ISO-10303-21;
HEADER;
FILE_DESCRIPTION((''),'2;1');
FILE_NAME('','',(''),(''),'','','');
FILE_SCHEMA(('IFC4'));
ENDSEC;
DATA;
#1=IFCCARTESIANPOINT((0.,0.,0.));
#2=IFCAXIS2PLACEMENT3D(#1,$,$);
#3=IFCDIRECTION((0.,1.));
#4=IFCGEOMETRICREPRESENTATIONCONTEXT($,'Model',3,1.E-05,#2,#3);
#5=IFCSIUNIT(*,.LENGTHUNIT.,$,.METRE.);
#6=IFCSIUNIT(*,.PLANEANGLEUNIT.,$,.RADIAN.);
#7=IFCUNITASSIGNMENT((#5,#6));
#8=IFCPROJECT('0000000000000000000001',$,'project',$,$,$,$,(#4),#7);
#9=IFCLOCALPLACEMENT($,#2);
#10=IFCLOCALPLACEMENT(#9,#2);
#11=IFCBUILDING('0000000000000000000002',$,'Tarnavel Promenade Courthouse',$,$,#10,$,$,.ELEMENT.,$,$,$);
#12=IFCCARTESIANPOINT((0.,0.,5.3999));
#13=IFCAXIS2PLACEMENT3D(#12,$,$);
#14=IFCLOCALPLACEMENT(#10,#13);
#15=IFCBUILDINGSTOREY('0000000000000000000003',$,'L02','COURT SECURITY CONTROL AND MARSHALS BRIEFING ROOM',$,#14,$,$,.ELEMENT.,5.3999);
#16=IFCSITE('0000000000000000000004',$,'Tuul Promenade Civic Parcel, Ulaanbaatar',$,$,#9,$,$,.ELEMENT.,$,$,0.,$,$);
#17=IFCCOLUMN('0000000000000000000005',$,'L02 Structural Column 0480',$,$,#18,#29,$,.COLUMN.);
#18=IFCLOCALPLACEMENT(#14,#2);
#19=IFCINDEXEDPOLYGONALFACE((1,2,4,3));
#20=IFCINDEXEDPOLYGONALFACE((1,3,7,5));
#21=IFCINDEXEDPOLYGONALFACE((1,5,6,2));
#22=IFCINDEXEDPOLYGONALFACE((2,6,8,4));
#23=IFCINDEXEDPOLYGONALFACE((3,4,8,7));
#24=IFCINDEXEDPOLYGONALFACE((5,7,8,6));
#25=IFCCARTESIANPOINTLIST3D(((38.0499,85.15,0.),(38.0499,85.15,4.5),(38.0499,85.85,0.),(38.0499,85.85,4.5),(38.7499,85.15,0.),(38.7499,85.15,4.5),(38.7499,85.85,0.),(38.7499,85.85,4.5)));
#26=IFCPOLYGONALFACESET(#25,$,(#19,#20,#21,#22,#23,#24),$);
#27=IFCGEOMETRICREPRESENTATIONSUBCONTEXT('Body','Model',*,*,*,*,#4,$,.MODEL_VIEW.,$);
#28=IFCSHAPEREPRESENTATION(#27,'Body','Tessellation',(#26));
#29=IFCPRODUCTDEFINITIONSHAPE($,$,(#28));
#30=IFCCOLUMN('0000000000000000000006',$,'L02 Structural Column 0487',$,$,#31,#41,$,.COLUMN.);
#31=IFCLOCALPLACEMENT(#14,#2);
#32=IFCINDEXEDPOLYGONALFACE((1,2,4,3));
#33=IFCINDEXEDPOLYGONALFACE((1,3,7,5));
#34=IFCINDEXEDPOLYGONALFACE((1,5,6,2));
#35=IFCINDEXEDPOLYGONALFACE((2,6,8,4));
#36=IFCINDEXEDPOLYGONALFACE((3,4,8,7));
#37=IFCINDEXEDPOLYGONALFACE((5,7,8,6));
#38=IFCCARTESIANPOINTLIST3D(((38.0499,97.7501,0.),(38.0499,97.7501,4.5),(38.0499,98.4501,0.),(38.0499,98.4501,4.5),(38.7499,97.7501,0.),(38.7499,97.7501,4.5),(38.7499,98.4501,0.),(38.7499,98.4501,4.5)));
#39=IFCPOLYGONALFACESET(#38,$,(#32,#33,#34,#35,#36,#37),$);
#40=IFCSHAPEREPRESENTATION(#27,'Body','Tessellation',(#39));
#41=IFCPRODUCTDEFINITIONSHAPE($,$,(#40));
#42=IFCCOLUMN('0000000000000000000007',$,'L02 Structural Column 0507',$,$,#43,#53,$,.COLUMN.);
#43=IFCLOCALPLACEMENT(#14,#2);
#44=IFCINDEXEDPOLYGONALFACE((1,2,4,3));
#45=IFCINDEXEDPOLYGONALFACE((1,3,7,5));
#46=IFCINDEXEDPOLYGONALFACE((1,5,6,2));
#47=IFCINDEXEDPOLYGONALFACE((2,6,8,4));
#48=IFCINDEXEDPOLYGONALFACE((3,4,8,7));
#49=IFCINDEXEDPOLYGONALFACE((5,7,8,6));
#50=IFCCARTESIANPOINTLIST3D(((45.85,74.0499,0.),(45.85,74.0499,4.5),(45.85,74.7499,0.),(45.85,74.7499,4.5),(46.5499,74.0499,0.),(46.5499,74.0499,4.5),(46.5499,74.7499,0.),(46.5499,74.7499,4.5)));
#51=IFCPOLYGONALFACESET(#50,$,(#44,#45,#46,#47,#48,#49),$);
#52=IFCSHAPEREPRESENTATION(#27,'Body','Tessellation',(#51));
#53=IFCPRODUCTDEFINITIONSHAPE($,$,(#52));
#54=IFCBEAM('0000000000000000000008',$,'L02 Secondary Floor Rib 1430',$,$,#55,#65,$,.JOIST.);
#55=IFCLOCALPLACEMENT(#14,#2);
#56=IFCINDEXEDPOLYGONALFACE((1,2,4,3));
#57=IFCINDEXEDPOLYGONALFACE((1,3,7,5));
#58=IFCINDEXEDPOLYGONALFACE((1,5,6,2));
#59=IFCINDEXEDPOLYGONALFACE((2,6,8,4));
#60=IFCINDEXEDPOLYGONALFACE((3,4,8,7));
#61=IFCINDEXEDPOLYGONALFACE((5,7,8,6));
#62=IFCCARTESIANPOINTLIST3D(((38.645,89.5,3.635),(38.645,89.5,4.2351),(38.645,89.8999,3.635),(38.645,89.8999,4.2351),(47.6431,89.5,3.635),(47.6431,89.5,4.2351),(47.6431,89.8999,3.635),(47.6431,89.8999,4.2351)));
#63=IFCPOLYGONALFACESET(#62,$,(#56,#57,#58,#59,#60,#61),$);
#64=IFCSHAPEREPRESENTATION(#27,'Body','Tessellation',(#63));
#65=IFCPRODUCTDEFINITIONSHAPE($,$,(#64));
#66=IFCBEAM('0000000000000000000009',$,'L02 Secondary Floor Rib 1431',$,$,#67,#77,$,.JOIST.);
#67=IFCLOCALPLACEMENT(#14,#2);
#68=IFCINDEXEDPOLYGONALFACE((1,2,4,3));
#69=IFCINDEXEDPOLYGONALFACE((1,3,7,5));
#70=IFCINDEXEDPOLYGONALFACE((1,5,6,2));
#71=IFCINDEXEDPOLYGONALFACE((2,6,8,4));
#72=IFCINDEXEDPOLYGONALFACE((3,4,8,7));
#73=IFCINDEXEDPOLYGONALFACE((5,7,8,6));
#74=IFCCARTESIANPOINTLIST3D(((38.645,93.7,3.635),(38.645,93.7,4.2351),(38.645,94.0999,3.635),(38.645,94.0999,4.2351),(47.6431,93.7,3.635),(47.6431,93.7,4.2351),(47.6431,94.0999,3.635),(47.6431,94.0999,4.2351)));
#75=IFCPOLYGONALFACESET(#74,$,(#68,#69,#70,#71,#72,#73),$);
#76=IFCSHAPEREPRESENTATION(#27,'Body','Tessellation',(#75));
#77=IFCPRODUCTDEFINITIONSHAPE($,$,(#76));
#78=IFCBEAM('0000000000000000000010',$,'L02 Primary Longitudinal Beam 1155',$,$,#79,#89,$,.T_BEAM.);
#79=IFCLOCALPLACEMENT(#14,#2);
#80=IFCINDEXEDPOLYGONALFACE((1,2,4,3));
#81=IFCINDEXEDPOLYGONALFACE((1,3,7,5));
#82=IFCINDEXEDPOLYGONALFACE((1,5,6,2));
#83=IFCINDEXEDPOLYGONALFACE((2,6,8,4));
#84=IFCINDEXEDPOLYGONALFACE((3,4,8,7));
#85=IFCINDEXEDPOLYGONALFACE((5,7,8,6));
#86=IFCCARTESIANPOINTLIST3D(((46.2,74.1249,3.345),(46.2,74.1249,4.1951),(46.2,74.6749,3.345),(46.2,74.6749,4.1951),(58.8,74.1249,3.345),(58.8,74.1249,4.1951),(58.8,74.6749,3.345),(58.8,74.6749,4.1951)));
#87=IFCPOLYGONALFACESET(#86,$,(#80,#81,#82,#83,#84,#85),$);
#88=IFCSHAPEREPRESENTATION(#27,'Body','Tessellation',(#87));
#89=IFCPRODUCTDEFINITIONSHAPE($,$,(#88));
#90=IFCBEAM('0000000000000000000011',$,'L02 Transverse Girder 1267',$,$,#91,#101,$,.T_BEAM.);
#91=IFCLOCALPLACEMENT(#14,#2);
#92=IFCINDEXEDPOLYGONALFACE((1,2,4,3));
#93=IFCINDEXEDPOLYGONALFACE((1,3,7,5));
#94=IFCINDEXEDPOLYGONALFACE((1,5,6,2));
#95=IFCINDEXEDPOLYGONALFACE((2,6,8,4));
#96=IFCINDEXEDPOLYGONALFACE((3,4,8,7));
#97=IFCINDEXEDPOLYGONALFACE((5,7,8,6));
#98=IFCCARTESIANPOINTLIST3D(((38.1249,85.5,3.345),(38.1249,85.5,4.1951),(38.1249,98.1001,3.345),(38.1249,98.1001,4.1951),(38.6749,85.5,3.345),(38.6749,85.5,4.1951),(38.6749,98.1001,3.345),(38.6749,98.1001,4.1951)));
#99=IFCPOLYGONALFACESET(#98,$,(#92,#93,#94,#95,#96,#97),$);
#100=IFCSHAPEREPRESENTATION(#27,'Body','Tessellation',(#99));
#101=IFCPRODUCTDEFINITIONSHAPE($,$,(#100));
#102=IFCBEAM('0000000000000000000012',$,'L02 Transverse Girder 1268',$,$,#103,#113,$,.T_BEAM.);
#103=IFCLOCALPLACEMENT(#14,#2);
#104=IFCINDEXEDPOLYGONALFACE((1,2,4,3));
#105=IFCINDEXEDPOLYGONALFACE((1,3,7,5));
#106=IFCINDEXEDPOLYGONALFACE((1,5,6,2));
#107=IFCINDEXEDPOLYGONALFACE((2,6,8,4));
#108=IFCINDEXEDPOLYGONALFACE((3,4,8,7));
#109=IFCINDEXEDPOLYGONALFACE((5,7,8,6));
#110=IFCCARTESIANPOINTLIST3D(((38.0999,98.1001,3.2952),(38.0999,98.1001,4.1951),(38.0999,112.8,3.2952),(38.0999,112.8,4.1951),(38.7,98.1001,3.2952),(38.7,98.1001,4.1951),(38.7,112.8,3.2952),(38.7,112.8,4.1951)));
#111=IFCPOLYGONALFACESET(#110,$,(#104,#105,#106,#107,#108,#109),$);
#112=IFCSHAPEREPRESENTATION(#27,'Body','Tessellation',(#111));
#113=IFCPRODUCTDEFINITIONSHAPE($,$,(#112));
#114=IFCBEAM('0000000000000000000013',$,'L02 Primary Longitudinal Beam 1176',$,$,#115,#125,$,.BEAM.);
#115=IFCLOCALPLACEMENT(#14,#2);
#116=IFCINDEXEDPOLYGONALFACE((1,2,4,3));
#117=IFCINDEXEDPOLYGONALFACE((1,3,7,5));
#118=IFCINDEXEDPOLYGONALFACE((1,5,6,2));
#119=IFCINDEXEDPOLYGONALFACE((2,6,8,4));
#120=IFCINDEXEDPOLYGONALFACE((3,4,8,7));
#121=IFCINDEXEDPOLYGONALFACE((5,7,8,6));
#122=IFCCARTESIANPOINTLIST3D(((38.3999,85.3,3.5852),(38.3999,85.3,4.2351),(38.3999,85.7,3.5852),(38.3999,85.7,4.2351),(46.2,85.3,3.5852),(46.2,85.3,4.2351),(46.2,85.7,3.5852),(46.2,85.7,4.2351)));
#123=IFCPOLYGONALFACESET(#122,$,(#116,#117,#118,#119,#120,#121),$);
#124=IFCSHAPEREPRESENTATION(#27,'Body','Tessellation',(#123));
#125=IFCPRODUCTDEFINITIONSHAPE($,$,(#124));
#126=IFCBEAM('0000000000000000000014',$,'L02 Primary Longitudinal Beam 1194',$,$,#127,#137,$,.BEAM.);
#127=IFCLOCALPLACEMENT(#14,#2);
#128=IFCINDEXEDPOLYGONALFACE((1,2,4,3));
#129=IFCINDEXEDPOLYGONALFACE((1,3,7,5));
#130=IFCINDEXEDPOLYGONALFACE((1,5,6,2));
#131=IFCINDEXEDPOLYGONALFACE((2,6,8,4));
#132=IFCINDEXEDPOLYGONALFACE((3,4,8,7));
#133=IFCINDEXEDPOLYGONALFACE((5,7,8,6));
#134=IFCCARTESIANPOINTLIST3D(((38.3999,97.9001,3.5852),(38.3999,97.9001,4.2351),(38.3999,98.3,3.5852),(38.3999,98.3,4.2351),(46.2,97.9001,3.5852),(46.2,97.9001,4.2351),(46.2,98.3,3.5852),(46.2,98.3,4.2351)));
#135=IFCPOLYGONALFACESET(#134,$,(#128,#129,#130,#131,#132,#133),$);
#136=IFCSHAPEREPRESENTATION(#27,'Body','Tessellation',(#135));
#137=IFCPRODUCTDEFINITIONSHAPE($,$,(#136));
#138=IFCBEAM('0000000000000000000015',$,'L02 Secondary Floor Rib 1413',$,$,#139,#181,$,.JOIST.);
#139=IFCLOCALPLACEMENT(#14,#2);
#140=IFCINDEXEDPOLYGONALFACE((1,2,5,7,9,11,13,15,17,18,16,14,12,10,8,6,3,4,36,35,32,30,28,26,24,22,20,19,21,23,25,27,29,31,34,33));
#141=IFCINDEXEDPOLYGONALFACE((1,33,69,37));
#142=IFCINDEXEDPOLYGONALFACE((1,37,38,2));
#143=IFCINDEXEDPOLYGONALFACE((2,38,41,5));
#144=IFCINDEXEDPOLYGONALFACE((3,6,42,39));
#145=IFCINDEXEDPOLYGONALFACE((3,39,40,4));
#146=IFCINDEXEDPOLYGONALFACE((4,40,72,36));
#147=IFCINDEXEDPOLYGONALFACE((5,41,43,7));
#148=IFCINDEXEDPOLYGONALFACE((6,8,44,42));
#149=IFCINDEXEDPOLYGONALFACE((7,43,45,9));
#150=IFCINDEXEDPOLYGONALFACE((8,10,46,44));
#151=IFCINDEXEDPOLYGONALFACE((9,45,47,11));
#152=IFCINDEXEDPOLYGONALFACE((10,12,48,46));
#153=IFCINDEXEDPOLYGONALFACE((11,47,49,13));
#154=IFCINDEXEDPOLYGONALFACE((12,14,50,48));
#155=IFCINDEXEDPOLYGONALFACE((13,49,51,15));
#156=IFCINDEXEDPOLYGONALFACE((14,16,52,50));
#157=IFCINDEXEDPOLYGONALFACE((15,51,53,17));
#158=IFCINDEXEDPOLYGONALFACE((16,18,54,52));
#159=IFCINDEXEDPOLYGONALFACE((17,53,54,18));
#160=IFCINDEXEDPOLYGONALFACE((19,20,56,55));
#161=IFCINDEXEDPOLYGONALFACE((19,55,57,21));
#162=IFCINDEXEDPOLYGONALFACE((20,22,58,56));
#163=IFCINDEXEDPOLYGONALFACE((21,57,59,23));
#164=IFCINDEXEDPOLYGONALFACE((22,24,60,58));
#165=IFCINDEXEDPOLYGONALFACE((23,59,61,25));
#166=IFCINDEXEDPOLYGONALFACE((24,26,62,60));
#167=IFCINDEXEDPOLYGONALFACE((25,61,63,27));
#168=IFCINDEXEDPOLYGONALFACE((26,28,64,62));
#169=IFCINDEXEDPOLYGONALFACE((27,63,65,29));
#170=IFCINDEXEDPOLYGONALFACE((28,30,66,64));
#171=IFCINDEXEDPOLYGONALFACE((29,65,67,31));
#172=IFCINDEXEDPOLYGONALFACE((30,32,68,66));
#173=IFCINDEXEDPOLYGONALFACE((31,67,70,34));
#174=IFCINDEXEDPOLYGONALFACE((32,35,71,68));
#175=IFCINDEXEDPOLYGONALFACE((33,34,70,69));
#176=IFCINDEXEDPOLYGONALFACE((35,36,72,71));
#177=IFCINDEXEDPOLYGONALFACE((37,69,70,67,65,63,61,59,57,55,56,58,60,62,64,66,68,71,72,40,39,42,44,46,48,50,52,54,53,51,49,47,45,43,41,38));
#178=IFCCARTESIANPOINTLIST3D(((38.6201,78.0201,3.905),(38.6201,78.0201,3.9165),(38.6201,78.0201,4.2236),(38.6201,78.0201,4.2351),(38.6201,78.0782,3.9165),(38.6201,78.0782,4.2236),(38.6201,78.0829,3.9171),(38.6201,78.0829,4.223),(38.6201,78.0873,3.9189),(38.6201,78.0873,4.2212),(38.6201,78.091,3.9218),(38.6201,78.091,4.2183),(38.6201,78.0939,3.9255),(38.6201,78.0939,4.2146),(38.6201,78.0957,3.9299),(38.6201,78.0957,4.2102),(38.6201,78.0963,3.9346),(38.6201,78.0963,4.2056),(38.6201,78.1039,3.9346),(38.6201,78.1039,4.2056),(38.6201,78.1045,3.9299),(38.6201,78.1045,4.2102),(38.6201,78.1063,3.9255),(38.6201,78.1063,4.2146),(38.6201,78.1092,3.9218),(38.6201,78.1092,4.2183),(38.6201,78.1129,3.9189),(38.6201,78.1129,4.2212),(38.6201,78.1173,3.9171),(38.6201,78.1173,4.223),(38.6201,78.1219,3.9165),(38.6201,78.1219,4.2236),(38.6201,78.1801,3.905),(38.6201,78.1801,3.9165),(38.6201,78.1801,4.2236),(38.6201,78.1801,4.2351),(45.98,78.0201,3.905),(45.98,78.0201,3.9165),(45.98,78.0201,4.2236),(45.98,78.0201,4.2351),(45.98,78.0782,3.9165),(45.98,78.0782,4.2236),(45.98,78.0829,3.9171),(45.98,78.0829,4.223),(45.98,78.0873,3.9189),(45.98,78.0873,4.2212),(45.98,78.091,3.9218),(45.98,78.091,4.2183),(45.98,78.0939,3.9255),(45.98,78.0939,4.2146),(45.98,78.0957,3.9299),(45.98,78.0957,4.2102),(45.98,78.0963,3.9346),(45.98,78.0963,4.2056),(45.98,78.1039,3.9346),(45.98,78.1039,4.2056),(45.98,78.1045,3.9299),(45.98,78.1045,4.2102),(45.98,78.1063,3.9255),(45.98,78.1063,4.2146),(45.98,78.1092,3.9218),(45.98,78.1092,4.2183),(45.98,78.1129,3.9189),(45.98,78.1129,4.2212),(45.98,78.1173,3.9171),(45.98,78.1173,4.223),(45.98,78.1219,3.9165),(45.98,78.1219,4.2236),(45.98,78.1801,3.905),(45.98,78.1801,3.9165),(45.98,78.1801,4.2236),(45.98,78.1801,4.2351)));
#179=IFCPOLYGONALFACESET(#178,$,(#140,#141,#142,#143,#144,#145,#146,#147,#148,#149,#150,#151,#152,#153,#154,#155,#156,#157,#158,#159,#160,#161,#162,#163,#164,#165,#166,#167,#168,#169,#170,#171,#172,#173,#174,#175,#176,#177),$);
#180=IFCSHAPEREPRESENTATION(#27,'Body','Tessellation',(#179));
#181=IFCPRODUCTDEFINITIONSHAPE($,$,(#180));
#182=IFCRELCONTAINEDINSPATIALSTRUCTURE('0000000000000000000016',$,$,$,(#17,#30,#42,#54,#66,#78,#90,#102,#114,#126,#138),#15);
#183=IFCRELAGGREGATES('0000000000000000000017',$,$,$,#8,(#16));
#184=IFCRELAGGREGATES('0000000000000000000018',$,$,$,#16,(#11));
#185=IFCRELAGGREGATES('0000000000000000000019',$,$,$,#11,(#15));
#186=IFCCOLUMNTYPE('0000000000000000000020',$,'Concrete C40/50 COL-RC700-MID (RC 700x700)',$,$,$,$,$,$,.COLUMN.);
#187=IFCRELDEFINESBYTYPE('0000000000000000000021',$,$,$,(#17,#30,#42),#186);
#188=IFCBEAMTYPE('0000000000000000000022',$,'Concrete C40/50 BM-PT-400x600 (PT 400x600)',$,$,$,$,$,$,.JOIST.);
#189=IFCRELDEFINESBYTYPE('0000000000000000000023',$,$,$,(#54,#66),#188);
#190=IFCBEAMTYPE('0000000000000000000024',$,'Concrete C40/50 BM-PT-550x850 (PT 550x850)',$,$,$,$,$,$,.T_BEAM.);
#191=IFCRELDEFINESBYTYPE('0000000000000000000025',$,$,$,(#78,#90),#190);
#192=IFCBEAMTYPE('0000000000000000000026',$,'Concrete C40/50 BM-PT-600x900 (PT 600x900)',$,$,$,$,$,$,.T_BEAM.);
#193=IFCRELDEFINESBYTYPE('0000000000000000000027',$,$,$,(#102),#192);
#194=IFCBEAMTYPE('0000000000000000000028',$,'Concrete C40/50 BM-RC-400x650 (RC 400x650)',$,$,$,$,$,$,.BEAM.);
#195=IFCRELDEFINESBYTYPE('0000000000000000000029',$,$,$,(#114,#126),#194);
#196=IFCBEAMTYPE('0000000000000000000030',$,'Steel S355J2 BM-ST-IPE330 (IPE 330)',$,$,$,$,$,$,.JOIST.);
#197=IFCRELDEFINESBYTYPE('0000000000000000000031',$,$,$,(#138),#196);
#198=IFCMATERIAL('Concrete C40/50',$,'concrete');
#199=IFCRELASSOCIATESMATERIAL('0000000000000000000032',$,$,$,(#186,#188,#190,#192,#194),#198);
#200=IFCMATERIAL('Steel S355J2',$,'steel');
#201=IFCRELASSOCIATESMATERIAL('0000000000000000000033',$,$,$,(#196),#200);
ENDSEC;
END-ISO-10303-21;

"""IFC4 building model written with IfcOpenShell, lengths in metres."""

from ifc_helpers import new_model, si_unit, direction, frame, origin, origin_2d, place, context, subcontext, project, spatial, rectangle, i_section, extrude, material, material_profile, profile_set, type_object, element, save


model = new_model("IFC4")

# Units and contexts
model_context = context("Model", 3, precision=1e-05, world=origin(), true_north=direction((0.0, 1.0)))
body_context = subcontext(model_context, "Body", "Model", "MODEL_VIEW")
ifc_project = project(units=[si_unit("LENGTHUNIT", "METRE"), si_unit("PLANEANGLEUNIT", "RADIAN")], contexts=[model_context])

# Site, building, storey
site_placement = place(None, origin())
site = spatial("IfcSite", under=ifc_project, at=site_placement, Name="Tuul Promenade Civic Parcel, Ulaanbaatar", CompositionType="ELEMENT", RefElevation=0.0)
building_placement = place(site_placement, origin())
building = spatial("IfcBuilding", under=site, at=building_placement, Name="Tarnavel Promenade Courthouse", CompositionType="ELEMENT")
storey_placement = place(building_placement, frame((0.0, 0.0, 5.3999)))
storey = spatial("IfcBuildingStorey", under=building, at=storey_placement, Name="L02", Description="COURT SECURITY CONTROL AND MARSHALS BRIEFING ROOM", CompositionType="ELEMENT", Elevation=5.3999)

# Columns
ifc_material_1 = material(Name="Concrete C40/50", Category="concrete")
ifc_material_profile_1 = material_profile(ifc_material_1, rectangle(XDim=0.7, YDim=0.7, at=origin_2d()), Name="RC 700x700")
ifc_profile_set_1 = profile_set([ifc_material_profile_1], Name="Concrete C40/50")
column_type = type_object("IfcColumnType", Name="Concrete C40/50 COL-RC700-MID (RC 700x700)", PredefinedType="COLUMN", material=ifc_profile_set_1)
for number, where, z_axis, x_axis, name in (
    (1, (38.3999, 85.5, 0.0), (0.0, 0.0, 1.0), (1.0, 0.0, 0.0), "L02 Structural Column 0480"),
    (2, (38.3999, 98.1001, 0.0), (0.0, 0.0, 1.0), (1.0, 0.0, 0.0), "L02 Structural Column 0487"),
    (3, (46.2, 74.3999, 0.0), (0.0, 0.0, 1.0), (1.0, 0.0, 0.0), "L02 Structural Column 0507"),
):
    element("IfcColumn", number, at=place(storey_placement, frame(where, z_axis=z_axis, x_axis=x_axis)), inside=storey, type_object=column_type, Name=name, PredefinedType="COLUMN", context=body_context, shape_type="SweptSolid", body=[
        extrude(rectangle(XDim=0.7, YDim=0.7, at=origin_2d()), origin(), (0.0, 0.0, 1.0), 4.5),
    ])

# Beams
ifc_material_profile_2 = material_profile(ifc_material_1, rectangle(XDim=0.3999, YDim=0.6001, at=origin_2d()), Name="PT 400x600")
ifc_profile_set_2 = profile_set([ifc_material_profile_2], Name="Concrete C40/50")
beam_type_1 = type_object("IfcBeamType", Name="Concrete C40/50 BM-PT-400x600 (PT 400x600)", PredefinedType="JOIST", material=ifc_profile_set_2)
for number, where, z_axis, x_axis, name in (
    (4, (38.645, 89.7, 3.9351), (1.0, 0.0, 0.0), (0.0, 1.0, 0.0), "L02 Secondary Floor Rib 1430"),
    (5, (38.645, 93.8999, 3.9351), (1.0, 0.0, 0.0), (0.0, 1.0, 0.0), "L02 Secondary Floor Rib 1431"),
):
    element("IfcBeam", number, at=place(storey_placement, frame(where, z_axis=z_axis, x_axis=x_axis)), inside=storey, type_object=beam_type_1, Name=name, PredefinedType="JOIST", context=body_context, shape_type="SweptSolid", body=[
        extrude(rectangle(XDim=0.3999, YDim=0.6001, at=origin_2d()), origin(), (0.0, 0.0, 1.0), 8.998),
    ])
ifc_material_profile_3 = material_profile(ifc_material_1, rectangle(XDim=0.55, YDim=0.8501, at=origin_2d()), Name="PT 550x850")
ifc_profile_set_3 = profile_set([ifc_material_profile_3], Name="Concrete C40/50")
beam_type_2 = type_object("IfcBeamType", Name="Concrete C40/50 BM-PT-550x850 (PT 550x850)", PredefinedType="T_BEAM", material=ifc_profile_set_3)
for number, where, z_axis, x_axis, name in (
    (6, (46.2, 74.3999, 3.77), (1.0, 0.0, 0.0), (0.0, 1.0, 0.0), "L02 Primary Longitudinal Beam 1155"),
    (7, (38.3999, 85.5, 3.77), (0.0, 1.0, 0.0), (-1.0, 0.0, 0.0), "L02 Transverse Girder 1267"),
):
    element("IfcBeam", number, at=place(storey_placement, frame(where, z_axis=z_axis, x_axis=x_axis)), inside=storey, type_object=beam_type_2, Name=name, PredefinedType="T_BEAM", context=body_context, shape_type="SweptSolid", body=[
        extrude(rectangle(XDim=0.55, YDim=0.8501, at=origin_2d()), origin(), (0.0, 0.0, 1.0), 12.6001),
    ])
ifc_material_profile_4 = material_profile(ifc_material_1, rectangle(XDim=0.6001, YDim=0.8999, at=origin_2d()), Name="PT 600x900")
ifc_profile_set_4 = profile_set([ifc_material_profile_4], Name="Concrete C40/50")
beam_type_3 = type_object("IfcBeamType", Name="Concrete C40/50 BM-PT-600x900 (PT 600x900)", PredefinedType="T_BEAM", material=ifc_profile_set_4)
beam_placement = place(storey_placement, frame((38.3999, 98.1001, 3.7451), z_axis=(0.0, 1.0, 0.0), x_axis=(-1.0, 0.0, 0.0)))
element("IfcBeam", 8, at=beam_placement, inside=storey, type_object=beam_type_3, Name="L02 Transverse Girder 1268", PredefinedType="T_BEAM", context=body_context, shape_type="SweptSolid", body=[
    extrude(rectangle(XDim=0.6001, YDim=0.8999, at=origin_2d()), origin(), (0.0, 0.0, 1.0), 14.7),
])
ifc_material_profile_5 = material_profile(ifc_material_1, rectangle(XDim=0.3999, YDim=0.6499, at=origin_2d()), Name="RC 400x650")
ifc_profile_set_5 = profile_set([ifc_material_profile_5], Name="Concrete C40/50")
beam_type_4 = type_object("IfcBeamType", Name="Concrete C40/50 BM-RC-400x650 (RC 400x650)", PredefinedType="BEAM", material=ifc_profile_set_5)
for number, where, z_axis, x_axis, name in (
    (9, (38.3999, 85.5, 3.9102), (1.0, 0.0, 0.0), (0.0, 1.0, 0.0), "L02 Primary Longitudinal Beam 1176"),
    (10, (38.3999, 98.1001, 3.9102), (1.0, 0.0, 0.0), (0.0, 1.0, 0.0), "L02 Primary Longitudinal Beam 1194"),
):
    element("IfcBeam", number, at=place(storey_placement, frame(where, z_axis=z_axis, x_axis=x_axis)), inside=storey, type_object=beam_type_4, Name=name, PredefinedType="BEAM", context=body_context, shape_type="SweptSolid", body=[
        extrude(rectangle(XDim=0.3999, YDim=0.6499, at=origin_2d()), origin(), (0.0, 0.0, 1.0), 7.8),
    ])
ifc_material_2 = material(Name="Steel S355J2", Category="steel")
ifc_material_profile_6 = material_profile(ifc_material_2, i_section(OverallWidth=0.1599, OverallDepth=0.3301, WebThickness=0.0076, FlangeThickness=0.0115, FilletRadius=0.0181, at=origin_2d()), Name="IPE 330")
ifc_profile_set_6 = profile_set([ifc_material_profile_6], Name="Steel S355J2")
beam_type_5 = type_object("IfcBeamType", Name="Steel S355J2 BM-ST-IPE330 (IPE 330)", PredefinedType="JOIST", material=ifc_profile_set_6)
for number, where, z_axis, x_axis, name in (
    (11, (38.6201, 78.1001, 4.0701), (1.0, 0.0, 0.0), (0.0, 1.0, 0.0), "L02 Secondary Floor Rib 1413"),
):
    element("IfcBeam", number, at=place(storey_placement, frame(where, z_axis=z_axis, x_axis=x_axis)), inside=storey, type_object=beam_type_5, Name=name, PredefinedType="JOIST", context=body_context, shape_type="SweptSolid", body=[
        extrude(i_section(OverallWidth=0.1599, OverallDepth=0.3301, WebThickness=0.0076, FlangeThickness=0.0115, FilletRadius=0.0181, at=origin_2d()), origin(), (0.0, 0.0, 1.0), 7.3599),
    ])

save(model, "model.ifc")
